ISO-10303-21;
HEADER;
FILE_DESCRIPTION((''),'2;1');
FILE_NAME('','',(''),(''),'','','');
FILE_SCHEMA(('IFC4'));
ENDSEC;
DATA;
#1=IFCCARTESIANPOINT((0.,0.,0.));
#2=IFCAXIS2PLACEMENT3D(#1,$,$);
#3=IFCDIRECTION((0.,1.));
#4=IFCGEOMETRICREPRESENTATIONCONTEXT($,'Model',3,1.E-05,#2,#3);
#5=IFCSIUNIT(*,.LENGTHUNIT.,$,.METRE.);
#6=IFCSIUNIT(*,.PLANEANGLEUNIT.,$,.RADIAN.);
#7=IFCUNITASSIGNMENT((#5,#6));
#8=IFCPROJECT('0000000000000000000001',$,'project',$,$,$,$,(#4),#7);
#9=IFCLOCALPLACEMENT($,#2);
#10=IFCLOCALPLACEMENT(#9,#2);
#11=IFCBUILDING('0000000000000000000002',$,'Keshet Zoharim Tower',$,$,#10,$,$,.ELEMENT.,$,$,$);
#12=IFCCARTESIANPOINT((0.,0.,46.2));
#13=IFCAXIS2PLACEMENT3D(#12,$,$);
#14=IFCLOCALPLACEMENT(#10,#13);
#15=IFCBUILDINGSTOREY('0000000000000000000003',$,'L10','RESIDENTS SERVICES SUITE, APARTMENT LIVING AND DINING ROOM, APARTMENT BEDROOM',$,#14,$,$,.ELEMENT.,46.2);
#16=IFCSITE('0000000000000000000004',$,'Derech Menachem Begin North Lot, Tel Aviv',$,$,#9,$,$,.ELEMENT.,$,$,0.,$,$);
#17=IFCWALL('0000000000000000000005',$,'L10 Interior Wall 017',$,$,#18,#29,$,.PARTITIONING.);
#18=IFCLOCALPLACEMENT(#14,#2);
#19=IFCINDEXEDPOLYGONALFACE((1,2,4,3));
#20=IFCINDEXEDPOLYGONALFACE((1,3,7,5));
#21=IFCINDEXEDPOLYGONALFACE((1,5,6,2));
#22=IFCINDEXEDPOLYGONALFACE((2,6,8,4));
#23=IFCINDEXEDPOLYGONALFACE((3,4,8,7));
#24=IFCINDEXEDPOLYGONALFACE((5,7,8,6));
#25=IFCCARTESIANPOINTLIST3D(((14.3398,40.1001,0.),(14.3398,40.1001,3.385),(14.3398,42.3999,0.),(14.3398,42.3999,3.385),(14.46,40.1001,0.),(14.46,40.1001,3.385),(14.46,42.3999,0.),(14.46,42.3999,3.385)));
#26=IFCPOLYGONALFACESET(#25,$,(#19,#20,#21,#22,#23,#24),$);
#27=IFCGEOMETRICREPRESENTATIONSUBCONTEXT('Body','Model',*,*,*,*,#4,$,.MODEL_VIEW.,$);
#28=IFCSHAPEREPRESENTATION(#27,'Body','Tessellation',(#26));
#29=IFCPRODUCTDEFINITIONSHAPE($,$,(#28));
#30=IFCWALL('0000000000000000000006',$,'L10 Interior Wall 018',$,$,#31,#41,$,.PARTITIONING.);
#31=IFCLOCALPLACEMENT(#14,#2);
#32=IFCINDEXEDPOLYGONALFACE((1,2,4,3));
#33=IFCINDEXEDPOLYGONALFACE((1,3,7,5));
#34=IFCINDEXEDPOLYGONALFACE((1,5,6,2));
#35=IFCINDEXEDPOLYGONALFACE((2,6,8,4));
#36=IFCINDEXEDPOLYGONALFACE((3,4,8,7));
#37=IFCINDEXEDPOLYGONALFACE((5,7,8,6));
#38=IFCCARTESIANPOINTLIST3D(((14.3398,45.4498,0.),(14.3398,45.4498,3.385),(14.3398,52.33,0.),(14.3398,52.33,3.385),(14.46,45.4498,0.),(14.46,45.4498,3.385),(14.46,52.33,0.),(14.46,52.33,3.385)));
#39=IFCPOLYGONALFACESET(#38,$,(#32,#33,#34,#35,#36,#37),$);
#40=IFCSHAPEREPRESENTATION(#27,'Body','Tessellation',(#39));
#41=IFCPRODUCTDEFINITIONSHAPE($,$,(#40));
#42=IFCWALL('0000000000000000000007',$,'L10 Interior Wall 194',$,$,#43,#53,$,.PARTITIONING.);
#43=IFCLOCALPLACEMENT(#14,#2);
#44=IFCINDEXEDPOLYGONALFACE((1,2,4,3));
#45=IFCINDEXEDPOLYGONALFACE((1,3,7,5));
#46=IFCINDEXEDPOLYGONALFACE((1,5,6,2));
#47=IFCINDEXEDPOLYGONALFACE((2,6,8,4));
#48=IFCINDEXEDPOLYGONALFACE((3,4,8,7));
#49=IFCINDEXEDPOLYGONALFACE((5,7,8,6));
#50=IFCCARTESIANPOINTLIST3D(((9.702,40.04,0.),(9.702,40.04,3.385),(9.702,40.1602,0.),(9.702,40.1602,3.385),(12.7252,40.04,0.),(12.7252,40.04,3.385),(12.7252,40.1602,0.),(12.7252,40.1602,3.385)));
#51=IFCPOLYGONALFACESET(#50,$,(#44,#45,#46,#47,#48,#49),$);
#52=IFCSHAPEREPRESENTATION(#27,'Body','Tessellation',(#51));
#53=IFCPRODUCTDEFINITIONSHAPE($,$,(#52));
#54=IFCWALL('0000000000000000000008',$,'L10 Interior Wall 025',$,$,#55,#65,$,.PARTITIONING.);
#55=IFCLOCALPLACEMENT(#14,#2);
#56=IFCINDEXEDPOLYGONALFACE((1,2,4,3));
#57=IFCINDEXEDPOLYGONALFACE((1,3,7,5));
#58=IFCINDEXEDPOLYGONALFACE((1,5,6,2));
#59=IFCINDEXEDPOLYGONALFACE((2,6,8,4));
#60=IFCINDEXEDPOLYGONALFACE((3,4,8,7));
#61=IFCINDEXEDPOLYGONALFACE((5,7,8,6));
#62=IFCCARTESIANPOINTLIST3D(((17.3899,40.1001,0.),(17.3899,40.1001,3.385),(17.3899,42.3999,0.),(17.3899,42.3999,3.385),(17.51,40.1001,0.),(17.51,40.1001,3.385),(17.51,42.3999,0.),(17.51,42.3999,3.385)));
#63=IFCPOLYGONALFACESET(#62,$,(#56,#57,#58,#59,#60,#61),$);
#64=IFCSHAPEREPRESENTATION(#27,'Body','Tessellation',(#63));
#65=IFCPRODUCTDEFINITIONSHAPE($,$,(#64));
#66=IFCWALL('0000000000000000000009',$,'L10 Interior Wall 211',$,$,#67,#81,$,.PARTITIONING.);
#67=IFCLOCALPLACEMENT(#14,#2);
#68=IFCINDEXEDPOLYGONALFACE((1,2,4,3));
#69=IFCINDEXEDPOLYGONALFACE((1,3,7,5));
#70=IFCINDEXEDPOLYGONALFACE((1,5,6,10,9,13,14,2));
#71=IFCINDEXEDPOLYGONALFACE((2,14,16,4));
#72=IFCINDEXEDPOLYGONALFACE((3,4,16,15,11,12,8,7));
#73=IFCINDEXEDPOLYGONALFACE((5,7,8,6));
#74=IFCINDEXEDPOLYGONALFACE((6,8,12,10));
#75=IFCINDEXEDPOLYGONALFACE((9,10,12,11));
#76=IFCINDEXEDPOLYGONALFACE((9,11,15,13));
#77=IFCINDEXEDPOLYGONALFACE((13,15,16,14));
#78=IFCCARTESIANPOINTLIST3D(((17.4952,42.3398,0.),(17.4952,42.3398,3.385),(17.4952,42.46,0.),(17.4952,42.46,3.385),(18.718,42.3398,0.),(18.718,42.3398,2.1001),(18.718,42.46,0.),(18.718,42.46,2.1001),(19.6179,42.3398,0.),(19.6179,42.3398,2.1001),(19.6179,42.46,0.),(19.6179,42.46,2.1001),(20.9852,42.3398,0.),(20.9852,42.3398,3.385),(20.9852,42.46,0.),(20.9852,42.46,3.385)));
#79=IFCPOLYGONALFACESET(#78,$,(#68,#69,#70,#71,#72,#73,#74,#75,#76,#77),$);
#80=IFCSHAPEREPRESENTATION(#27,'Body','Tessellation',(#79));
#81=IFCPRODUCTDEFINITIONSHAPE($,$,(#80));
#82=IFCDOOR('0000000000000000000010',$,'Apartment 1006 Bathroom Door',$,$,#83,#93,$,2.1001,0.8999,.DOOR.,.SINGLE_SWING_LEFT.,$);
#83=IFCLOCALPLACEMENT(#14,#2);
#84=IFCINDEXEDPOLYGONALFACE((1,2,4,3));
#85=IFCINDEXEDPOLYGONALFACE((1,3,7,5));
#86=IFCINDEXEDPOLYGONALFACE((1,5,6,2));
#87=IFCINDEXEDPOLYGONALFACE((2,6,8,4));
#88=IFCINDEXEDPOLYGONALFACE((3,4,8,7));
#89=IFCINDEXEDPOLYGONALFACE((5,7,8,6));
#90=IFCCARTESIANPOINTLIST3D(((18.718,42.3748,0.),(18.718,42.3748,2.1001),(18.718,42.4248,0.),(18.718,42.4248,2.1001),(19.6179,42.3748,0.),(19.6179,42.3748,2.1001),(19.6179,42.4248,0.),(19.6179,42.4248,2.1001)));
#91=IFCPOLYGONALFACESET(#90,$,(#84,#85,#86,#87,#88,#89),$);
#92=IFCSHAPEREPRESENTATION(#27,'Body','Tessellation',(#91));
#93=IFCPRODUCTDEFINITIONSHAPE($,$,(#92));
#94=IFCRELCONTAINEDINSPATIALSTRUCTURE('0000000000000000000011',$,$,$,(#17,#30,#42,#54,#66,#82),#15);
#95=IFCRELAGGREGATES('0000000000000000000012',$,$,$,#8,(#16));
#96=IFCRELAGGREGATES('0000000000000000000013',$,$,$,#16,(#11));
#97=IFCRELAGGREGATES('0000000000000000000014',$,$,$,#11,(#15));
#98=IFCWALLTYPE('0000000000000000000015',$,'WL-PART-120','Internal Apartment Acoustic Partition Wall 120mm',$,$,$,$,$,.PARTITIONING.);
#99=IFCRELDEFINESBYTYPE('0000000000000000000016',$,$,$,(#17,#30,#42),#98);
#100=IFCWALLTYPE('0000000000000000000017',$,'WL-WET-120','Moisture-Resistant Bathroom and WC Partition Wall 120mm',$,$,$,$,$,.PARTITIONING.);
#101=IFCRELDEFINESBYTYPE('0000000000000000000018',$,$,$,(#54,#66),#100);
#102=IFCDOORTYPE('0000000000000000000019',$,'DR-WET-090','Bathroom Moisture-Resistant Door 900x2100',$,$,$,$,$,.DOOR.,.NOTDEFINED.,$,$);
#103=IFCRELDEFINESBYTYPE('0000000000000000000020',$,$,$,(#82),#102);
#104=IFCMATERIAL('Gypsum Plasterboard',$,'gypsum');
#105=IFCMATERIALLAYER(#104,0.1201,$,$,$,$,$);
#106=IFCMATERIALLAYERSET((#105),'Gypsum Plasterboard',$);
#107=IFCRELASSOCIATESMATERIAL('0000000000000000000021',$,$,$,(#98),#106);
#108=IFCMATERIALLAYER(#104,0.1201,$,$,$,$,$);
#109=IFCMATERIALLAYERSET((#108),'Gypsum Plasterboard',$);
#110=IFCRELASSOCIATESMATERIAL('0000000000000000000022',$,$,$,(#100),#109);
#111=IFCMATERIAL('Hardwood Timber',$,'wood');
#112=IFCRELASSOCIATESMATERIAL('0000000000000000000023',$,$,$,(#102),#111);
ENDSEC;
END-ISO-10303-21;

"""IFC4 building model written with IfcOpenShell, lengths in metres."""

from ifc_helpers import new_model, si_unit, direction, frame, frame_2d, origin, place, context, subcontext, project, spatial, rectangle, extrude, material, layer, layer_set, type_object, element, fill, save


model = new_model("IFC4")

# Units and contexts
model_context = context("Model", 3, precision=1e-05, world=origin(), true_north=direction((0.0, 1.0)))
body_context = subcontext(model_context, "Body", "Model", "MODEL_VIEW")
ifc_project = project(units=[si_unit("LENGTHUNIT", "METRE"), si_unit("PLANEANGLEUNIT", "RADIAN")], contexts=[model_context])

# Site, building, storey
site_placement = place(None, origin())
site = spatial("IfcSite", under=ifc_project, at=site_placement, Name="Derech Menachem Begin North Lot, Tel Aviv", CompositionType="ELEMENT", RefElevation=0.0)
building_placement = place(site_placement, origin())
building = spatial("IfcBuilding", under=site, at=building_placement, Name="Keshet Zoharim Tower", CompositionType="ELEMENT")
storey_placement = place(building_placement, frame((0.0, 0.0, 46.2)))
storey = spatial("IfcBuildingStorey", under=building, at=storey_placement, Name="L10", Description="RESIDENTS SERVICES SUITE, APARTMENT LIVING AND DINING ROOM, APARTMENT BEDROOM", CompositionType="ELEMENT", Elevation=46.2)

# Walls
ifc_material_1 = material(Name="Gypsum Plasterboard", Category="gypsum")
ifc_layer_1 = layer(ifc_material_1, 0.1201)
ifc_layer_set_1 = layer_set([ifc_layer_1], Name="Gypsum Plasterboard")
wall_type_1 = type_object("IfcWallType", Name="WL-PART-120", Description="Internal Apartment Acoustic Partition Wall 120mm", PredefinedType="PARTITIONING", material=ifc_layer_set_1)
wall_1_placement = place(storey_placement, frame((14.3999, 40.1001, 0.0), z_axis=(0.0, 0.0, 1.0), x_axis=(0.0, 1.0, 0.0)))
element("IfcWall", 1, at=wall_1_placement, inside=storey, type_object=wall_type_1, Name="L10 Interior Wall 017", PredefinedType="PARTITIONING", context=body_context, shape_type="SweptSolid", body=[
    extrude(rectangle(XDim=2.2998, YDim=0.1201, at=frame_2d((1.1499, 0.0))), origin(), (0.0, 0.0, 1.0), 3.385),
])
wall_2_placement = place(storey_placement, frame((14.3999, 45.45, 0.0), z_axis=(0.0, 0.0, 1.0), x_axis=(0.0, 1.0, 0.0)))
element("IfcWall", 2, at=wall_2_placement, inside=storey, type_object=wall_type_1, Name="L10 Interior Wall 018", PredefinedType="PARTITIONING", context=body_context, shape_type="SweptSolid", body=[
    extrude(rectangle(XDim=6.8801, YDim=0.1201, at=frame_2d((3.4399, 0.0))), origin(), (0.0, 0.0, 1.0), 3.385),
])
wall_3_placement = place(storey_placement, frame((9.7019, 40.1001, 0.0), z_axis=(0.0, 0.0, 1.0), x_axis=(1.0, 0.0, 0.0)))
element("IfcWall", 3, at=wall_3_placement, inside=storey, type_object=wall_type_1, Name="L10 Interior Wall 194", PredefinedType="PARTITIONING", context=body_context, shape_type="SweptSolid", body=[
    extrude(rectangle(XDim=3.0232, YDim=0.1201, at=frame_2d((1.5117, 0.0))), origin(), (0.0, 0.0, 1.0), 3.385),
])

# Shared definitions
ifc_material_2 = material(Name="Hardwood Timber", Category="wood")

# Wall
ifc_layer_2 = layer(ifc_material_1, 0.1201)
ifc_layer_set_2 = layer_set([ifc_layer_2], Name="Gypsum Plasterboard")
wall_type_2 = type_object("IfcWallType", Name="WL-WET-120", Description="Moisture-Resistant Bathroom and WC Partition Wall 120mm", PredefinedType="PARTITIONING", material=ifc_layer_set_2)
wall_4_placement = place(storey_placement, frame((17.45, 40.1001, 0.0), z_axis=(0.0, 0.0, 1.0), x_axis=(0.0, 1.0, 0.0)))
element("IfcWall", 4, at=wall_4_placement, inside=storey, type_object=wall_type_2, Name="L10 Interior Wall 025", PredefinedType="PARTITIONING", context=body_context, shape_type="SweptSolid", body=[
    extrude(rectangle(XDim=2.2998, YDim=0.1201, at=frame_2d((1.1499, 0.0))), origin(), (0.0, 0.0, 1.0), 3.385),
])

# Wall, opening, door
wall_5_placement = place(storey_placement, frame((17.4951, 42.3999, 0.0), z_axis=(0.0, 0.0, 1.0), x_axis=(1.0, 0.0, 0.0)))
wall_5 = element("IfcWall", 5, at=wall_5_placement, inside=storey, type_object=wall_type_2, Name="L10 Interior Wall 211", PredefinedType="PARTITIONING", context=body_context, shape_type="SweptSolid", body=[
    extrude(rectangle(XDim=3.49, YDim=0.1201, at=frame_2d((1.7451, 0.0))), origin(), (0.0, 0.0, 1.0), 3.385),
])
opening_1_placement = place(wall_5_placement, frame((1.2229, 0.0, 0.0)))
opening_1 = element("IfcOpeningElement", 6, at=opening_1_placement, cuts=wall_5, PredefinedType="OPENING", context=body_context, shape_type="SweptSolid", body=[
    extrude(rectangle(XDim=0.8999, YDim=2.1001, at=frame_2d((0.45, 1.05))), frame((0.0, 0.0701, 0.0), z_axis=(0.0, -1.0, 0.0), x_axis=(1.0, 0.0, 0.0)), (0.0, 0.0, 1.0), 0.1401),
])
door_type_1 = type_object("IfcDoorType", Name="DR-WET-090", Description="Bathroom Moisture-Resistant Door 900x2100", OperationType="NOTDEFINED", PredefinedType="DOOR", material=ifc_material_2)
door_1_placement = place(opening_1_placement, origin())
door_1 = element("IfcDoor", 7, at=door_1_placement, inside=storey, type_object=door_type_1, Name="Apartment 1006 Bathroom Door", OperationType="SINGLE_SWING_LEFT", OverallHeight=2.1001, OverallWidth=0.8999, PredefinedType="DOOR", context=body_context, shape_type="SweptSolid", body=[
    extrude(rectangle(XDim=0.8999, YDim=2.1001, at=frame_2d((0.45, 1.05))), frame((0.0, 0.0249, 0.0), z_axis=(0.0, -1.0, 0.0), x_axis=(1.0, 0.0, 0.0)), (0.0, 0.0, 1.0), 0.05),
])
fill(opening_1, door_1)

save(model, "model.ifc")
